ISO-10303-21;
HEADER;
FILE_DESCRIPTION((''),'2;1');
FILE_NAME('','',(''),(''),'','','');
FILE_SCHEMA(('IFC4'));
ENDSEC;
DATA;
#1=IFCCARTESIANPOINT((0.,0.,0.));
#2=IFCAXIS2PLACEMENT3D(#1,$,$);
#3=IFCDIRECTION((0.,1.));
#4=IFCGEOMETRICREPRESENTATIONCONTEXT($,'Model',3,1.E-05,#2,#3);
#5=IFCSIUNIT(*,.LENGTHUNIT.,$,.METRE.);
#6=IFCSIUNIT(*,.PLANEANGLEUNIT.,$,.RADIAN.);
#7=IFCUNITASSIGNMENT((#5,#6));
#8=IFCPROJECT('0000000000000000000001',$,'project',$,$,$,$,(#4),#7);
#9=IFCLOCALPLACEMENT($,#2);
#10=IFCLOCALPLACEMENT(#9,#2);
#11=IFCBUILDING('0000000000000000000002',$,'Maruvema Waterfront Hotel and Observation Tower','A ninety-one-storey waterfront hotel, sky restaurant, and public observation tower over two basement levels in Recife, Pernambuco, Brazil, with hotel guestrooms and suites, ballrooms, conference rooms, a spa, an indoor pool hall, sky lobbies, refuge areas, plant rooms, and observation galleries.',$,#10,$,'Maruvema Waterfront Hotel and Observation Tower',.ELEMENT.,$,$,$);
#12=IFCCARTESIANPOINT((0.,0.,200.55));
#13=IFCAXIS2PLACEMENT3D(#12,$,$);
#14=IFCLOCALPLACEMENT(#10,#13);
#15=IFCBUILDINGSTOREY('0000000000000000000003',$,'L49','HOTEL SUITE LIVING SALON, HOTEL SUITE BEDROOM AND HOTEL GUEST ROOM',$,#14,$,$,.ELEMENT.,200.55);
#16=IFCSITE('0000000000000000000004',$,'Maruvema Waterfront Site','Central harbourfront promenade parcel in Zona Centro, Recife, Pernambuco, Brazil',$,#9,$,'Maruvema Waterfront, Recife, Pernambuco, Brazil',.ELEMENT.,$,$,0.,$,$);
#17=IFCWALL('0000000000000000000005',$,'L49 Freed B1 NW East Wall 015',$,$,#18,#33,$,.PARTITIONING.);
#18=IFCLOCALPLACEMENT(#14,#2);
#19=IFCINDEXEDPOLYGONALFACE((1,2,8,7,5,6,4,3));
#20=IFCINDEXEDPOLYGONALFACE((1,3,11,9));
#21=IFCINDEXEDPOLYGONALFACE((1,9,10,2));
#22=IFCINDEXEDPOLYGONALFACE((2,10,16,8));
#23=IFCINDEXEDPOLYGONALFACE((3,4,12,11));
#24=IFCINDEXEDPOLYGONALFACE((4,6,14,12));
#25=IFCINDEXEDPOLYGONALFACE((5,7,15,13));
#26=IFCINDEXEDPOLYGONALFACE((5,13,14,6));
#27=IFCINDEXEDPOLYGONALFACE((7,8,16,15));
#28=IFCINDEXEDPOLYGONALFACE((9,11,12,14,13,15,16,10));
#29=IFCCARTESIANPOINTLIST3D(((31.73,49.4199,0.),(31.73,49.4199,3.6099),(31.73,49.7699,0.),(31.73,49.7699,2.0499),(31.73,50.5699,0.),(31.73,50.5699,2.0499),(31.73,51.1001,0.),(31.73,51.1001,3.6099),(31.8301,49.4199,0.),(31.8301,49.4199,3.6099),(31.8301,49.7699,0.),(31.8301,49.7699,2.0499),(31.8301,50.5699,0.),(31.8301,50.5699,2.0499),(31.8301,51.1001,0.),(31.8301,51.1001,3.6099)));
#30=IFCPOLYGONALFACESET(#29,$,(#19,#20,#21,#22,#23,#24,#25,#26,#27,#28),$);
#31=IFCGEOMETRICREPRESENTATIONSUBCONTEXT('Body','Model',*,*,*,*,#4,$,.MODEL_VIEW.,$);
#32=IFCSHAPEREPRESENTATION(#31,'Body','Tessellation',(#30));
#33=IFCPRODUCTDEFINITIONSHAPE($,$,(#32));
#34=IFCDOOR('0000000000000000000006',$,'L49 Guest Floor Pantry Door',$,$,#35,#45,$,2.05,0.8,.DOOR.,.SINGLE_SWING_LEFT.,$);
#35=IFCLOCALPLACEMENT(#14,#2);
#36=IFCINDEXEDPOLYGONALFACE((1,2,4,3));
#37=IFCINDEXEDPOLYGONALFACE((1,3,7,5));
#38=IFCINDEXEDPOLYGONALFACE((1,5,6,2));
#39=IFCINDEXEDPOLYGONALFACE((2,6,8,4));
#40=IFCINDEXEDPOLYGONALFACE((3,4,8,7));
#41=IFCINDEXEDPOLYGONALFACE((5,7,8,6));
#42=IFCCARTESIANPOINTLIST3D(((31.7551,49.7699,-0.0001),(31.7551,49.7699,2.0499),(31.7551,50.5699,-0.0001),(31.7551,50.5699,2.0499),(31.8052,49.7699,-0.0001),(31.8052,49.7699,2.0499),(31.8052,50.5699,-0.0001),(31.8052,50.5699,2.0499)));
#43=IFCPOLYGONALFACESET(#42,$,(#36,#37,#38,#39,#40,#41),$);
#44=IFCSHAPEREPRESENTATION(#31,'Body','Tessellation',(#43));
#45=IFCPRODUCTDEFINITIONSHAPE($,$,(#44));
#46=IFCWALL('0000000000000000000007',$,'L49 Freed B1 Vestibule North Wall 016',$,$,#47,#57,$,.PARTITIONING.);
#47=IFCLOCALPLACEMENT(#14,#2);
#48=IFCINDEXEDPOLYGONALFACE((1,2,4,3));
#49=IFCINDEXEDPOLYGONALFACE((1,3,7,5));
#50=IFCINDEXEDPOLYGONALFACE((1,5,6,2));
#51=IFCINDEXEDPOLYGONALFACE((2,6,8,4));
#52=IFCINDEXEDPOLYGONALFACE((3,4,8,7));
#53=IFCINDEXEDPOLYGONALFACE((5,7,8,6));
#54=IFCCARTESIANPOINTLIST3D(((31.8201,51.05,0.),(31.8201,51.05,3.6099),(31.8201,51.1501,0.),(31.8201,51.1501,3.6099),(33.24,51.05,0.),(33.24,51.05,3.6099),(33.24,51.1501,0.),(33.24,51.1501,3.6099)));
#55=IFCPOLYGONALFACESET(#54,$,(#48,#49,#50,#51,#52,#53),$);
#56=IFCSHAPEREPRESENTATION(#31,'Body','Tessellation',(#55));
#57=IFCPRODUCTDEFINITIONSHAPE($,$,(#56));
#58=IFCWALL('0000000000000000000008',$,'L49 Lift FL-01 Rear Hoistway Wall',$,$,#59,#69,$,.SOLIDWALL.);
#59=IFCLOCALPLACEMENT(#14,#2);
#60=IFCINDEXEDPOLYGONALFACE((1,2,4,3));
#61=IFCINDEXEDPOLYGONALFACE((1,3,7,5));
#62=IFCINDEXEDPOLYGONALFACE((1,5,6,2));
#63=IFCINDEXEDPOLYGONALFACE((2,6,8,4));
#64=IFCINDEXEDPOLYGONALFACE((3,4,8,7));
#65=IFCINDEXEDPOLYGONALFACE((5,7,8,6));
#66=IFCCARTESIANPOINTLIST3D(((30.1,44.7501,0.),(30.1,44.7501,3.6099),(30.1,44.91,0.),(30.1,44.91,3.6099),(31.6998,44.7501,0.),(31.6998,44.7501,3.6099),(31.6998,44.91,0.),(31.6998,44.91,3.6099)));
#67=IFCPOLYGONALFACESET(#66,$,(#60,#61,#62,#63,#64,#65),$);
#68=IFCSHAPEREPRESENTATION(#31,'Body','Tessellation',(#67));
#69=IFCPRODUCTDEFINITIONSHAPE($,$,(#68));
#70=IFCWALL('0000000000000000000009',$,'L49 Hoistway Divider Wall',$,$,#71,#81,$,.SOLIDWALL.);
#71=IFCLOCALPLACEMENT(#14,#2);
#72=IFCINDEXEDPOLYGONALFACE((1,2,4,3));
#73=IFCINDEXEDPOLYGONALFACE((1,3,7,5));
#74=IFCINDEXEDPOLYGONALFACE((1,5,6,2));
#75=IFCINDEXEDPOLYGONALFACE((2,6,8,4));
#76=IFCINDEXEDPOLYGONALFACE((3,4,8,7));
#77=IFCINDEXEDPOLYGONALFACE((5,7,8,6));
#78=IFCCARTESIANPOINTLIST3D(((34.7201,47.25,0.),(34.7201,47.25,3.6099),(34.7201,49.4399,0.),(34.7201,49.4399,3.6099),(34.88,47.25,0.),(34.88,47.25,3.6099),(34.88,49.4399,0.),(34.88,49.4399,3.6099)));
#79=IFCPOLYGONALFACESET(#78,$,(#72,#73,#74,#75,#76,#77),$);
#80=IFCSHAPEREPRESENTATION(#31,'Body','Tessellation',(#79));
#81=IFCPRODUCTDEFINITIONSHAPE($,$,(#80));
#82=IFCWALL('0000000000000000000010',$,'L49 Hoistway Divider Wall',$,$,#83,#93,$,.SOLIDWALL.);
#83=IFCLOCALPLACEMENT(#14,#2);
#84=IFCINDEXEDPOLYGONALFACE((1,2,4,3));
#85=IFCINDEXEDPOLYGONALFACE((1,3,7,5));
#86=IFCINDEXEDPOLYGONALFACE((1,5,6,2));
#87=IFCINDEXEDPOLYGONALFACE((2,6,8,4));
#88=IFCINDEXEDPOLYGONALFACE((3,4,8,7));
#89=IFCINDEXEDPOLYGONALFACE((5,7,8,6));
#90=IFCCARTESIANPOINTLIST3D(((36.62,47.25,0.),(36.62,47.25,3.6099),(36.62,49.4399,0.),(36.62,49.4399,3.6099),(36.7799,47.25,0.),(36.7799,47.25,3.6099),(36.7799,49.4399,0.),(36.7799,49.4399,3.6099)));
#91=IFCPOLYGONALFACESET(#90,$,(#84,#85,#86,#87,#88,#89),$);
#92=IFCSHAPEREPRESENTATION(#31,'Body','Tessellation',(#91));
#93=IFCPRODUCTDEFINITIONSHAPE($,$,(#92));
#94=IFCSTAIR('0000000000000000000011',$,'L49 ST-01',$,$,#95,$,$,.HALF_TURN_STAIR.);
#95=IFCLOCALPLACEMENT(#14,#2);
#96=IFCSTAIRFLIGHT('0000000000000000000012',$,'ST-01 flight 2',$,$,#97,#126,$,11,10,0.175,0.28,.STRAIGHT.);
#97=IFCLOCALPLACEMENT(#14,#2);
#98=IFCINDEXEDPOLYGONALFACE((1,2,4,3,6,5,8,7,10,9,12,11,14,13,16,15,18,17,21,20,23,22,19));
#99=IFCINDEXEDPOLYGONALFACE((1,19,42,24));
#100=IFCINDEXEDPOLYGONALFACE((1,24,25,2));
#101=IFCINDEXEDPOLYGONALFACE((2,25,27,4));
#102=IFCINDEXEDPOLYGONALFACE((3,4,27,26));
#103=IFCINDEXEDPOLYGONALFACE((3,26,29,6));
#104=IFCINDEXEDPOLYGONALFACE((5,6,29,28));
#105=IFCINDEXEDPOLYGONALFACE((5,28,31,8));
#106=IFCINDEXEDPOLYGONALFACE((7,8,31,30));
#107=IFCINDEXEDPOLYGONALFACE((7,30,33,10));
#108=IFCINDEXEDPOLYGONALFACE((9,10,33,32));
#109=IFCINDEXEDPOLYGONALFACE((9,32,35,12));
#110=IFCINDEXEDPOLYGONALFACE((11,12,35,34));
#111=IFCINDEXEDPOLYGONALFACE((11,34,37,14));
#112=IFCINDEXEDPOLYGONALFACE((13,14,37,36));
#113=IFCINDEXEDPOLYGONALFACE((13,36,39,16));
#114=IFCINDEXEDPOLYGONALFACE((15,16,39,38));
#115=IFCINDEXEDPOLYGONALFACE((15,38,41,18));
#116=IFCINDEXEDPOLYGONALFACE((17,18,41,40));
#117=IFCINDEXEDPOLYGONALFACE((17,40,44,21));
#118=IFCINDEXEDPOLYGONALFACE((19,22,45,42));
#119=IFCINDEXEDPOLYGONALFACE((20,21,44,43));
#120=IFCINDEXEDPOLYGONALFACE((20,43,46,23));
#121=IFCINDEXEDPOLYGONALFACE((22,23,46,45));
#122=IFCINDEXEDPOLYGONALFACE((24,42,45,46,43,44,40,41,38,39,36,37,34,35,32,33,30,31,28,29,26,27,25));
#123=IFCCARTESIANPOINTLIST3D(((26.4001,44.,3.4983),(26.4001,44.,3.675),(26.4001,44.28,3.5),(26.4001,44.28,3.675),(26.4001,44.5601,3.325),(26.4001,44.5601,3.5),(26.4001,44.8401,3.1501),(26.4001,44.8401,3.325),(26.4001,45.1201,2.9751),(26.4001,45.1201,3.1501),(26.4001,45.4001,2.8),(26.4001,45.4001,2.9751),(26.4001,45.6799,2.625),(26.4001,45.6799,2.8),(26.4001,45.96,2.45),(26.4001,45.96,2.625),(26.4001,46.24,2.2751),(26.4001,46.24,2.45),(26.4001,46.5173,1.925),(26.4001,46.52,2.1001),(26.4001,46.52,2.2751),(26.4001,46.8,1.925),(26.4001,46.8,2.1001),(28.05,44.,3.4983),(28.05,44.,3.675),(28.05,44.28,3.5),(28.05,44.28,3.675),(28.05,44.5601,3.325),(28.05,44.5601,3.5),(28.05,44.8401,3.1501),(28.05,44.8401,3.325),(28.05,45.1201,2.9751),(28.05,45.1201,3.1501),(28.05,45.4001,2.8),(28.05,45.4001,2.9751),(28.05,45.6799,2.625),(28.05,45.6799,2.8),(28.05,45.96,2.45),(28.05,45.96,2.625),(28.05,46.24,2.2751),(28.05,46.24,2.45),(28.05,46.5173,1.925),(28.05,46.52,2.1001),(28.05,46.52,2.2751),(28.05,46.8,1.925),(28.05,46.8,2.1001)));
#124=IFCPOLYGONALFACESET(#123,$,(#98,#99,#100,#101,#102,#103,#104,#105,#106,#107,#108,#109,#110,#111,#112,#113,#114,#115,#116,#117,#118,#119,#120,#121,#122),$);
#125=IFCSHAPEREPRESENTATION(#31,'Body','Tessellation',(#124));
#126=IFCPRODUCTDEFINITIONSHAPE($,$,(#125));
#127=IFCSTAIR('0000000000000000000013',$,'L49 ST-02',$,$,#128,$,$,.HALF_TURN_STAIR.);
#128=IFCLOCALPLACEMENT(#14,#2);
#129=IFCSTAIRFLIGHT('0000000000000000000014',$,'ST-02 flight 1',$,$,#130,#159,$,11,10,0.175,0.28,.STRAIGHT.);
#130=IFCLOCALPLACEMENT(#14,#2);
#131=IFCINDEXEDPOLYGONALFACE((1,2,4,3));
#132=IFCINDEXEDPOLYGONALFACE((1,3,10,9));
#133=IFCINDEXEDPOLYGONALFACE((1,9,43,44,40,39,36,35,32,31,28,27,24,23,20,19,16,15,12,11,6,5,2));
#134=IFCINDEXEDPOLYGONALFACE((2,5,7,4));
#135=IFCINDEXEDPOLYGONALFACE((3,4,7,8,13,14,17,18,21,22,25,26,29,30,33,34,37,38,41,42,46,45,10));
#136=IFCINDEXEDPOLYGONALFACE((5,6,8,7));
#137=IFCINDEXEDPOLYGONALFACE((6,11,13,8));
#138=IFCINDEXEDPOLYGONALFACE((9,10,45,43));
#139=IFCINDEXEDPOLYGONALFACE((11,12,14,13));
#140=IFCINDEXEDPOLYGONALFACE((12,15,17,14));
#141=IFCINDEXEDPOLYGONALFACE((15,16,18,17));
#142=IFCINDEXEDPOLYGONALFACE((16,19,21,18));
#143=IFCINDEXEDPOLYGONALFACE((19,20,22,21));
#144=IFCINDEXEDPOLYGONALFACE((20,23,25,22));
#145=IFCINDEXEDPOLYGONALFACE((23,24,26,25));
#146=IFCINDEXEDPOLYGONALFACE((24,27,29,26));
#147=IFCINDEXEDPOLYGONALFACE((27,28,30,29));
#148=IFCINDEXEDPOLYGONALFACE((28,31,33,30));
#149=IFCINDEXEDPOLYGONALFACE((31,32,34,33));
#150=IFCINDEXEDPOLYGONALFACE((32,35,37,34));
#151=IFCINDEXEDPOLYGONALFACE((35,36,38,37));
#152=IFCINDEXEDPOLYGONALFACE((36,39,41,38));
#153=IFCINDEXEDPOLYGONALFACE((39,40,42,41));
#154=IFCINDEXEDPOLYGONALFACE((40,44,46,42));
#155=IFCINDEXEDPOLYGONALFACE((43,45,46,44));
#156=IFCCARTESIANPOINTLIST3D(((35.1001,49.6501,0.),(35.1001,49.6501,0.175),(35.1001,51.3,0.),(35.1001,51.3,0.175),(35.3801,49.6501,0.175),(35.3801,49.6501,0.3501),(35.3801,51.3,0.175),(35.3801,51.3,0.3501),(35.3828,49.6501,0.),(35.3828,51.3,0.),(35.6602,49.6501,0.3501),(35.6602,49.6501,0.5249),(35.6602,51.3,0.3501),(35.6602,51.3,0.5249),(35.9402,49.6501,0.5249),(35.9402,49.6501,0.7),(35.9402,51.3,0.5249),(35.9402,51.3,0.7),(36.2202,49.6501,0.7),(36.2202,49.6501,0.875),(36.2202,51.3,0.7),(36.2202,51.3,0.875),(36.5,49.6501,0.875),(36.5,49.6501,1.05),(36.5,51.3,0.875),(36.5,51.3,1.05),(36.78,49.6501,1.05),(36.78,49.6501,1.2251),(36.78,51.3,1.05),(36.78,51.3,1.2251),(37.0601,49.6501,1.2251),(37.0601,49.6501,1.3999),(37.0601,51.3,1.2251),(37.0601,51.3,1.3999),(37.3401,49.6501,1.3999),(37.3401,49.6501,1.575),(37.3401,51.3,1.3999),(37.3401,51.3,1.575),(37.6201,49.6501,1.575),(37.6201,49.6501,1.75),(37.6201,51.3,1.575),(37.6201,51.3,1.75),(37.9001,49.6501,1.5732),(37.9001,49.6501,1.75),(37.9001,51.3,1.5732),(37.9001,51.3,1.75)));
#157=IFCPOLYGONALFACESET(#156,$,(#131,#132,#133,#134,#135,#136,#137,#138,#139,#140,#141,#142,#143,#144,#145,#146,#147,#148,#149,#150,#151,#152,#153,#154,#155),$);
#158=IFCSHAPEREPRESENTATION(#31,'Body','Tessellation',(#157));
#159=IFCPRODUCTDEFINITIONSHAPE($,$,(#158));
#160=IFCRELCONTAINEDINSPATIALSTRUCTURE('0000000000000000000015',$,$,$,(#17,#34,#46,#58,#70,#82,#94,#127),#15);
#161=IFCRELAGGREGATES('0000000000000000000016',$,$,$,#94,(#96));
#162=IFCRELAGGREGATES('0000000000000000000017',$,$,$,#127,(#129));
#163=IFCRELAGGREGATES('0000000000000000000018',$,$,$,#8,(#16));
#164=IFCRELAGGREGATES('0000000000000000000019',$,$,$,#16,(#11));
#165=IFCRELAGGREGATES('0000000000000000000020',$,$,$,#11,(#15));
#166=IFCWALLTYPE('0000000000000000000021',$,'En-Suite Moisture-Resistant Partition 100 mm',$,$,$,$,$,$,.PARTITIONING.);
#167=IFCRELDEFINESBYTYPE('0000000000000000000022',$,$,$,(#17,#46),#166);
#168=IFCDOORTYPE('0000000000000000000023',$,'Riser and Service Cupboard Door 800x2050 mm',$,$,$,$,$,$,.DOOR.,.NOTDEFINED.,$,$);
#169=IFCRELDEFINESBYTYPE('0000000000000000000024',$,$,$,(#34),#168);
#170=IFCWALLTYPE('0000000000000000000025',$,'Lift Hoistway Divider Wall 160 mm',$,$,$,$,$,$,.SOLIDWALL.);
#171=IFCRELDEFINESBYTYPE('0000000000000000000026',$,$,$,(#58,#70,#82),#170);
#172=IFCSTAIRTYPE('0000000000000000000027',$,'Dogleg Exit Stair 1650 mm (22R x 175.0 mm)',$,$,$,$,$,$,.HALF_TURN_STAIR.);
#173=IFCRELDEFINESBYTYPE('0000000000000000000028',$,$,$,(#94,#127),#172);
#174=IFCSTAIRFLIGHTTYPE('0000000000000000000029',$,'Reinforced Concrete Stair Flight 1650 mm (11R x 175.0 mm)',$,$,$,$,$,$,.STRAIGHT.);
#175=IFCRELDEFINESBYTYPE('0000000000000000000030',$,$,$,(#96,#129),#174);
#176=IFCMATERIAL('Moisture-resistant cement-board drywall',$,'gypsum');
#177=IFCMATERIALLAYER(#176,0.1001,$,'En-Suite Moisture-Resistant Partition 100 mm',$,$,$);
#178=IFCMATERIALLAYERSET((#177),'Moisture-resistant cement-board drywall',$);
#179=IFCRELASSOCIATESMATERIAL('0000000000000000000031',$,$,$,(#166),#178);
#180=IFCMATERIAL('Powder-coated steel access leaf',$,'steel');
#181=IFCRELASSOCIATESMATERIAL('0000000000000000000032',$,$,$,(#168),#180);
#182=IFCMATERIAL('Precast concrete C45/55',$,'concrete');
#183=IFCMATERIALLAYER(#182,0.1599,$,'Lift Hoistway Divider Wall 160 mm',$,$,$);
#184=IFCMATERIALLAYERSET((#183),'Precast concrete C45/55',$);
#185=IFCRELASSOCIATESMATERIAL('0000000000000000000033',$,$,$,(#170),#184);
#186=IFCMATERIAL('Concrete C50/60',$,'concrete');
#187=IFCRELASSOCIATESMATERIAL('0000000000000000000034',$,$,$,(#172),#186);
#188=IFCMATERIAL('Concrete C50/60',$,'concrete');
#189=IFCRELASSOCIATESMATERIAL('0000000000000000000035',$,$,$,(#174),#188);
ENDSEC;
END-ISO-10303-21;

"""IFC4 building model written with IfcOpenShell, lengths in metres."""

from ifc_helpers import new_model, si_unit, direction, frame, frame_2d, origin, place, context, subcontext, project, spatial, polyline, rectangle, outline, extrude, material, layer, layer_set, type_object, element, fill, aggregate, save


model = new_model("IFC4")

# Units and contexts
model_context = context("Model", 3, precision=1e-05, world=origin(), true_north=direction((0.0, 1.0)))
body_context = subcontext(model_context, "Body", "Model", "MODEL_VIEW")
ifc_project = project(units=[si_unit("LENGTHUNIT", "METRE"), si_unit("PLANEANGLEUNIT", "RADIAN")], contexts=[model_context])

# Site, building, storey
site_placement = place(None, origin())
site = spatial("IfcSite", under=ifc_project, at=site_placement, Name="Maruvema Waterfront Site", Description="Central harbourfront promenade parcel in Zona Centro, Recife, Pernambuco, Brazil", LongName="Maruvema Waterfront, Recife, Pernambuco, Brazil", CompositionType="ELEMENT", RefElevation=0.0)
building_placement = place(site_placement, origin())
building = spatial("IfcBuilding", under=site, at=building_placement, Name="Maruvema Waterfront Hotel and Observation Tower", Description="A ninety-one-storey waterfront hotel, sky restaurant, and public observation tower over two basement levels in Recife, Pernambuco, Brazil, with hotel guestrooms and suites, ballrooms, conference rooms, a spa, an indoor pool hall, sky lobbies, refuge areas, plant rooms, and observation galleries.", LongName="Maruvema Waterfront Hotel and Observation Tower", CompositionType="ELEMENT")
storey_placement = place(building_placement, frame((0.0, 0.0, 200.55)))
storey = spatial("IfcBuildingStorey", under=building, at=storey_placement, Name="L49", Description="HOTEL SUITE LIVING SALON, HOTEL SUITE BEDROOM AND HOTEL GUEST ROOM", CompositionType="ELEMENT", Elevation=200.55)

# Shared definitions
ifc_material_1 = material(Name="Moisture-resistant cement-board drywall", Category="gypsum")
ifc_layer_1 = layer(ifc_material_1, 0.1001, Name="En-Suite Moisture-Resistant Partition 100 mm")
ifc_layer_set_1 = layer_set([ifc_layer_1], Name="Moisture-resistant cement-board drywall")
wall_type_1 = type_object("IfcWallType", Name="En-Suite Moisture-Resistant Partition 100 mm", PredefinedType="PARTITIONING", material=ifc_layer_set_1)

# Wall, opening, door
ifc_material_2 = material(Name="Powder-coated steel access leaf", Category="steel")
door_type_1 = type_object("IfcDoorType", Name="Riser and Service Cupboard Door 800x2050 mm", OperationType="NOTDEFINED", PredefinedType="DOOR", material=ifc_material_2)
wall_1_placement = place(storey_placement, frame((31.78, 49.4199, 0.0), z_axis=(0.0, 0.0, 1.0), x_axis=(0.0, 1.0, 0.0)))
wall_1 = element("IfcWall", 1, at=wall_1_placement, inside=storey, type_object=wall_type_1, Name="L49 Freed B1 NW East Wall 015", PredefinedType="PARTITIONING", context=body_context, shape_type="SweptSolid", body=[
    extrude(rectangle(XDim=1.6802, YDim=0.1001, at=frame_2d((0.8401, 0.0))), origin(), (0.0, 0.0, 1.0), 3.6099),
])
opening_1_placement = place(wall_1_placement, frame((0.3501, 0.0, 0.0)))
opening_1 = element("IfcOpeningElement", 2, at=opening_1_placement, cuts=wall_1, PredefinedType="OPENING", context=body_context, shape_type="SweptSolid", body=[
    extrude(rectangle(XDim=0.8, YDim=2.05, at=frame_2d((0.3999, 1.0249))), frame((0.0, 0.0601, 0.0), z_axis=(0.0, -1.0, 0.0), x_axis=(1.0, 0.0, 0.0)), (0.0, 0.0, 1.0), 0.1201),
])
door_1_placement = place(opening_1_placement, origin())
door_1 = element("IfcDoor", 3, at=door_1_placement, inside=storey, type_object=door_type_1, Name="L49 Guest Floor Pantry Door", OperationType="SINGLE_SWING_LEFT", OverallHeight=2.05, OverallWidth=0.8, PredefinedType="DOOR", context=body_context, shape_type="SweptSolid", body=[
    extrude(rectangle(XDim=0.8, YDim=2.05, at=frame_2d((0.3999, 1.0249))), frame((0.0, 0.0249, 0.0), z_axis=(0.0, -1.0, 0.0), x_axis=(1.0, 0.0, 0.0)), (0.0, 0.0, 1.0), 0.05),
])
fill(opening_1, door_1)

# Walls
wall_2_placement = place(storey_placement, frame((31.8201, 51.1001, 0.0), z_axis=(0.0, 0.0, 1.0), x_axis=(1.0, 0.0, 0.0)))
element("IfcWall", 4, at=wall_2_placement, inside=storey, type_object=wall_type_1, Name="L49 Freed B1 Vestibule North Wall 016", PredefinedType="PARTITIONING", context=body_context, shape_type="SweptSolid", body=[
    extrude(rectangle(XDim=1.4199, YDim=0.1001, at=frame_2d((0.71, 0.0))), origin(), (0.0, 0.0, 1.0), 3.6099),
])
ifc_material_3 = material(Name="Precast concrete C45/55", Category="concrete")
ifc_layer_2 = layer(ifc_material_3, 0.1599, Name="Lift Hoistway Divider Wall 160 mm")
ifc_layer_set_2 = layer_set([ifc_layer_2], Name="Precast concrete C45/55")
wall_type_2 = type_object("IfcWallType", Name="Lift Hoistway Divider Wall 160 mm", PredefinedType="SOLIDWALL", material=ifc_layer_set_2)
wall_3_placement = place(storey_placement, frame((30.1001, 44.8301, 0.0), z_axis=(0.0, 0.0, 1.0), x_axis=(1.0, 0.0, 0.0)))
element("IfcWall", 5, at=wall_3_placement, inside=storey, type_object=wall_type_2, Name="L49 Lift FL-01 Rear Hoistway Wall", PredefinedType="SOLIDWALL", context=body_context, shape_type="SweptSolid", body=[
    extrude(rectangle(XDim=1.5999, YDim=0.1599, at=frame_2d((0.7998, 0.0))), origin(), (0.0, 0.0, 1.0), 3.6099),
])
for number, where, z_axis, x_axis, name in (
    (6, (34.8, 47.25, 0.0), (0.0, 0.0, 1.0), (0.0, 1.0, 0.0), "L49 Hoistway Divider Wall"),
    (7, (36.7, 47.25, 0.0), (0.0, 0.0, 1.0), (0.0, 1.0, 0.0), "L49 Hoistway Divider Wall"),
):
    element("IfcWall", number, at=place(storey_placement, frame(where, z_axis=z_axis, x_axis=x_axis)), inside=storey, type_object=wall_type_2, Name=name, PredefinedType="SOLIDWALL", context=body_context, shape_type="SweptSolid", body=[
        extrude(rectangle(XDim=2.1899, YDim=0.1599, at=frame_2d((1.095, 0.0))), origin(), (0.0, 0.0, 1.0), 3.6099),
    ])

# Stairs, stair flights
ifc_material_4 = material(Name="Concrete C50/60", Category="concrete")
stair_type = type_object("IfcStairType", Name="Dogleg Exit Stair 1650 mm (22R x 175.0 mm)", PredefinedType="HALF_TURN_STAIR", material=ifc_material_4)
stair_1_placement = place(storey_placement, origin())
stair_1 = element("IfcStair", 8, at=stair_1_placement, inside=storey, type_object=stair_type, Name="L49 ST-01", PredefinedType="HALF_TURN_STAIR")
ifc_material_5 = material(Name="Concrete C50/60", Category="concrete")
stair_flight_type = type_object("IfcStairFlightType", Name="Reinforced Concrete Stair Flight 1650 mm (11R x 175.0 mm)", PredefinedType="STRAIGHT", material=ifc_material_5)
stair_flight_1_placement = place(storey_placement, frame((27.2251, 46.8, 1.925), z_axis=(0.0, 0.0, 1.0), x_axis=(0.0, -1.0, 0.0)))
stair_flight_1 = element("IfcStairFlight", 9, at=stair_flight_1_placement, type_object=stair_flight_type, Name="ST-01 flight 2", NumberOfRisers=11, NumberOfTreads=10, PredefinedType="STRAIGHT", RiserHeight=0.175, TreadLength=0.28, context=body_context, shape_type="SweptSolid", body=[
    extrude(outline(polyline([(0.0, 0.0), (0.0, 0.175), (0.28, 0.175), (0.28, 0.3501), (0.5601, 0.3501), (0.5601, 0.5249), (0.8401, 0.5249), (0.8401, 0.7), (1.1201, 0.7), (1.1201, 0.875), (1.3999, 0.875), (1.3999, 1.05), (1.6799, 1.05), (1.6799, 1.2251), (1.96, 1.2251), (1.96, 1.3999), (2.24, 1.3999), (2.24, 1.575), (2.52, 1.575), (2.52, 1.75), (2.8, 1.75), (2.8, 1.925), (2.8, 1.5732), (0.2827, 0.0), (0.0, 0.0)])), frame((0.0, 0.825, 0.0), z_axis=(0.0, -1.0, 0.0), x_axis=(1.0, 0.0, 0.0)), (0.0, 0.0, 1.0), 1.6499),
])
aggregate(stair_1, [stair_flight_1])
stair_2_placement = place(storey_placement, origin())
stair_2 = element("IfcStair", 10, at=stair_2_placement, inside=storey, type_object=stair_type, Name="L49 ST-02", PredefinedType="HALF_TURN_STAIR")
stair_flight_2_placement = place(storey_placement, frame((35.1001, 50.4751, 0.0), z_axis=(0.0, 0.0, 1.0), x_axis=(1.0, 0.0, 0.0)))
stair_flight_2 = element("IfcStairFlight", 11, at=stair_flight_2_placement, type_object=stair_flight_type, Name="ST-02 flight 1", NumberOfRisers=11, NumberOfTreads=10, PredefinedType="STRAIGHT", RiserHeight=0.175, TreadLength=0.28, context=body_context, shape_type="SweptSolid", body=[
    extrude(outline(polyline([(0.0, 0.0), (0.0, 0.175), (0.28, 0.175), (0.28, 0.3501), (0.5601, 0.3501), (0.5601, 0.5249), (0.8401, 0.5249), (0.8401, 0.7), (1.1201, 0.7), (1.1201, 0.875), (1.3999, 0.875), (1.3999, 1.05), (1.6799, 1.05), (1.6799, 1.2251), (1.96, 1.2251), (1.96, 1.3999), (2.24, 1.3999), (2.24, 1.575), (2.52, 1.575), (2.52, 1.75), (2.8, 1.75), (2.8, 1.925), (2.8, 1.5732), (0.2827, 0.0), (0.0, 0.0)])), frame((0.0, 0.825, 0.0), z_axis=(0.0, -1.0, 0.0), x_axis=(1.0, 0.0, 0.0)), (0.0, 0.0, 1.0), 1.6499),
])
aggregate(stair_2, [stair_flight_2])

save(model, "model.ifc")
